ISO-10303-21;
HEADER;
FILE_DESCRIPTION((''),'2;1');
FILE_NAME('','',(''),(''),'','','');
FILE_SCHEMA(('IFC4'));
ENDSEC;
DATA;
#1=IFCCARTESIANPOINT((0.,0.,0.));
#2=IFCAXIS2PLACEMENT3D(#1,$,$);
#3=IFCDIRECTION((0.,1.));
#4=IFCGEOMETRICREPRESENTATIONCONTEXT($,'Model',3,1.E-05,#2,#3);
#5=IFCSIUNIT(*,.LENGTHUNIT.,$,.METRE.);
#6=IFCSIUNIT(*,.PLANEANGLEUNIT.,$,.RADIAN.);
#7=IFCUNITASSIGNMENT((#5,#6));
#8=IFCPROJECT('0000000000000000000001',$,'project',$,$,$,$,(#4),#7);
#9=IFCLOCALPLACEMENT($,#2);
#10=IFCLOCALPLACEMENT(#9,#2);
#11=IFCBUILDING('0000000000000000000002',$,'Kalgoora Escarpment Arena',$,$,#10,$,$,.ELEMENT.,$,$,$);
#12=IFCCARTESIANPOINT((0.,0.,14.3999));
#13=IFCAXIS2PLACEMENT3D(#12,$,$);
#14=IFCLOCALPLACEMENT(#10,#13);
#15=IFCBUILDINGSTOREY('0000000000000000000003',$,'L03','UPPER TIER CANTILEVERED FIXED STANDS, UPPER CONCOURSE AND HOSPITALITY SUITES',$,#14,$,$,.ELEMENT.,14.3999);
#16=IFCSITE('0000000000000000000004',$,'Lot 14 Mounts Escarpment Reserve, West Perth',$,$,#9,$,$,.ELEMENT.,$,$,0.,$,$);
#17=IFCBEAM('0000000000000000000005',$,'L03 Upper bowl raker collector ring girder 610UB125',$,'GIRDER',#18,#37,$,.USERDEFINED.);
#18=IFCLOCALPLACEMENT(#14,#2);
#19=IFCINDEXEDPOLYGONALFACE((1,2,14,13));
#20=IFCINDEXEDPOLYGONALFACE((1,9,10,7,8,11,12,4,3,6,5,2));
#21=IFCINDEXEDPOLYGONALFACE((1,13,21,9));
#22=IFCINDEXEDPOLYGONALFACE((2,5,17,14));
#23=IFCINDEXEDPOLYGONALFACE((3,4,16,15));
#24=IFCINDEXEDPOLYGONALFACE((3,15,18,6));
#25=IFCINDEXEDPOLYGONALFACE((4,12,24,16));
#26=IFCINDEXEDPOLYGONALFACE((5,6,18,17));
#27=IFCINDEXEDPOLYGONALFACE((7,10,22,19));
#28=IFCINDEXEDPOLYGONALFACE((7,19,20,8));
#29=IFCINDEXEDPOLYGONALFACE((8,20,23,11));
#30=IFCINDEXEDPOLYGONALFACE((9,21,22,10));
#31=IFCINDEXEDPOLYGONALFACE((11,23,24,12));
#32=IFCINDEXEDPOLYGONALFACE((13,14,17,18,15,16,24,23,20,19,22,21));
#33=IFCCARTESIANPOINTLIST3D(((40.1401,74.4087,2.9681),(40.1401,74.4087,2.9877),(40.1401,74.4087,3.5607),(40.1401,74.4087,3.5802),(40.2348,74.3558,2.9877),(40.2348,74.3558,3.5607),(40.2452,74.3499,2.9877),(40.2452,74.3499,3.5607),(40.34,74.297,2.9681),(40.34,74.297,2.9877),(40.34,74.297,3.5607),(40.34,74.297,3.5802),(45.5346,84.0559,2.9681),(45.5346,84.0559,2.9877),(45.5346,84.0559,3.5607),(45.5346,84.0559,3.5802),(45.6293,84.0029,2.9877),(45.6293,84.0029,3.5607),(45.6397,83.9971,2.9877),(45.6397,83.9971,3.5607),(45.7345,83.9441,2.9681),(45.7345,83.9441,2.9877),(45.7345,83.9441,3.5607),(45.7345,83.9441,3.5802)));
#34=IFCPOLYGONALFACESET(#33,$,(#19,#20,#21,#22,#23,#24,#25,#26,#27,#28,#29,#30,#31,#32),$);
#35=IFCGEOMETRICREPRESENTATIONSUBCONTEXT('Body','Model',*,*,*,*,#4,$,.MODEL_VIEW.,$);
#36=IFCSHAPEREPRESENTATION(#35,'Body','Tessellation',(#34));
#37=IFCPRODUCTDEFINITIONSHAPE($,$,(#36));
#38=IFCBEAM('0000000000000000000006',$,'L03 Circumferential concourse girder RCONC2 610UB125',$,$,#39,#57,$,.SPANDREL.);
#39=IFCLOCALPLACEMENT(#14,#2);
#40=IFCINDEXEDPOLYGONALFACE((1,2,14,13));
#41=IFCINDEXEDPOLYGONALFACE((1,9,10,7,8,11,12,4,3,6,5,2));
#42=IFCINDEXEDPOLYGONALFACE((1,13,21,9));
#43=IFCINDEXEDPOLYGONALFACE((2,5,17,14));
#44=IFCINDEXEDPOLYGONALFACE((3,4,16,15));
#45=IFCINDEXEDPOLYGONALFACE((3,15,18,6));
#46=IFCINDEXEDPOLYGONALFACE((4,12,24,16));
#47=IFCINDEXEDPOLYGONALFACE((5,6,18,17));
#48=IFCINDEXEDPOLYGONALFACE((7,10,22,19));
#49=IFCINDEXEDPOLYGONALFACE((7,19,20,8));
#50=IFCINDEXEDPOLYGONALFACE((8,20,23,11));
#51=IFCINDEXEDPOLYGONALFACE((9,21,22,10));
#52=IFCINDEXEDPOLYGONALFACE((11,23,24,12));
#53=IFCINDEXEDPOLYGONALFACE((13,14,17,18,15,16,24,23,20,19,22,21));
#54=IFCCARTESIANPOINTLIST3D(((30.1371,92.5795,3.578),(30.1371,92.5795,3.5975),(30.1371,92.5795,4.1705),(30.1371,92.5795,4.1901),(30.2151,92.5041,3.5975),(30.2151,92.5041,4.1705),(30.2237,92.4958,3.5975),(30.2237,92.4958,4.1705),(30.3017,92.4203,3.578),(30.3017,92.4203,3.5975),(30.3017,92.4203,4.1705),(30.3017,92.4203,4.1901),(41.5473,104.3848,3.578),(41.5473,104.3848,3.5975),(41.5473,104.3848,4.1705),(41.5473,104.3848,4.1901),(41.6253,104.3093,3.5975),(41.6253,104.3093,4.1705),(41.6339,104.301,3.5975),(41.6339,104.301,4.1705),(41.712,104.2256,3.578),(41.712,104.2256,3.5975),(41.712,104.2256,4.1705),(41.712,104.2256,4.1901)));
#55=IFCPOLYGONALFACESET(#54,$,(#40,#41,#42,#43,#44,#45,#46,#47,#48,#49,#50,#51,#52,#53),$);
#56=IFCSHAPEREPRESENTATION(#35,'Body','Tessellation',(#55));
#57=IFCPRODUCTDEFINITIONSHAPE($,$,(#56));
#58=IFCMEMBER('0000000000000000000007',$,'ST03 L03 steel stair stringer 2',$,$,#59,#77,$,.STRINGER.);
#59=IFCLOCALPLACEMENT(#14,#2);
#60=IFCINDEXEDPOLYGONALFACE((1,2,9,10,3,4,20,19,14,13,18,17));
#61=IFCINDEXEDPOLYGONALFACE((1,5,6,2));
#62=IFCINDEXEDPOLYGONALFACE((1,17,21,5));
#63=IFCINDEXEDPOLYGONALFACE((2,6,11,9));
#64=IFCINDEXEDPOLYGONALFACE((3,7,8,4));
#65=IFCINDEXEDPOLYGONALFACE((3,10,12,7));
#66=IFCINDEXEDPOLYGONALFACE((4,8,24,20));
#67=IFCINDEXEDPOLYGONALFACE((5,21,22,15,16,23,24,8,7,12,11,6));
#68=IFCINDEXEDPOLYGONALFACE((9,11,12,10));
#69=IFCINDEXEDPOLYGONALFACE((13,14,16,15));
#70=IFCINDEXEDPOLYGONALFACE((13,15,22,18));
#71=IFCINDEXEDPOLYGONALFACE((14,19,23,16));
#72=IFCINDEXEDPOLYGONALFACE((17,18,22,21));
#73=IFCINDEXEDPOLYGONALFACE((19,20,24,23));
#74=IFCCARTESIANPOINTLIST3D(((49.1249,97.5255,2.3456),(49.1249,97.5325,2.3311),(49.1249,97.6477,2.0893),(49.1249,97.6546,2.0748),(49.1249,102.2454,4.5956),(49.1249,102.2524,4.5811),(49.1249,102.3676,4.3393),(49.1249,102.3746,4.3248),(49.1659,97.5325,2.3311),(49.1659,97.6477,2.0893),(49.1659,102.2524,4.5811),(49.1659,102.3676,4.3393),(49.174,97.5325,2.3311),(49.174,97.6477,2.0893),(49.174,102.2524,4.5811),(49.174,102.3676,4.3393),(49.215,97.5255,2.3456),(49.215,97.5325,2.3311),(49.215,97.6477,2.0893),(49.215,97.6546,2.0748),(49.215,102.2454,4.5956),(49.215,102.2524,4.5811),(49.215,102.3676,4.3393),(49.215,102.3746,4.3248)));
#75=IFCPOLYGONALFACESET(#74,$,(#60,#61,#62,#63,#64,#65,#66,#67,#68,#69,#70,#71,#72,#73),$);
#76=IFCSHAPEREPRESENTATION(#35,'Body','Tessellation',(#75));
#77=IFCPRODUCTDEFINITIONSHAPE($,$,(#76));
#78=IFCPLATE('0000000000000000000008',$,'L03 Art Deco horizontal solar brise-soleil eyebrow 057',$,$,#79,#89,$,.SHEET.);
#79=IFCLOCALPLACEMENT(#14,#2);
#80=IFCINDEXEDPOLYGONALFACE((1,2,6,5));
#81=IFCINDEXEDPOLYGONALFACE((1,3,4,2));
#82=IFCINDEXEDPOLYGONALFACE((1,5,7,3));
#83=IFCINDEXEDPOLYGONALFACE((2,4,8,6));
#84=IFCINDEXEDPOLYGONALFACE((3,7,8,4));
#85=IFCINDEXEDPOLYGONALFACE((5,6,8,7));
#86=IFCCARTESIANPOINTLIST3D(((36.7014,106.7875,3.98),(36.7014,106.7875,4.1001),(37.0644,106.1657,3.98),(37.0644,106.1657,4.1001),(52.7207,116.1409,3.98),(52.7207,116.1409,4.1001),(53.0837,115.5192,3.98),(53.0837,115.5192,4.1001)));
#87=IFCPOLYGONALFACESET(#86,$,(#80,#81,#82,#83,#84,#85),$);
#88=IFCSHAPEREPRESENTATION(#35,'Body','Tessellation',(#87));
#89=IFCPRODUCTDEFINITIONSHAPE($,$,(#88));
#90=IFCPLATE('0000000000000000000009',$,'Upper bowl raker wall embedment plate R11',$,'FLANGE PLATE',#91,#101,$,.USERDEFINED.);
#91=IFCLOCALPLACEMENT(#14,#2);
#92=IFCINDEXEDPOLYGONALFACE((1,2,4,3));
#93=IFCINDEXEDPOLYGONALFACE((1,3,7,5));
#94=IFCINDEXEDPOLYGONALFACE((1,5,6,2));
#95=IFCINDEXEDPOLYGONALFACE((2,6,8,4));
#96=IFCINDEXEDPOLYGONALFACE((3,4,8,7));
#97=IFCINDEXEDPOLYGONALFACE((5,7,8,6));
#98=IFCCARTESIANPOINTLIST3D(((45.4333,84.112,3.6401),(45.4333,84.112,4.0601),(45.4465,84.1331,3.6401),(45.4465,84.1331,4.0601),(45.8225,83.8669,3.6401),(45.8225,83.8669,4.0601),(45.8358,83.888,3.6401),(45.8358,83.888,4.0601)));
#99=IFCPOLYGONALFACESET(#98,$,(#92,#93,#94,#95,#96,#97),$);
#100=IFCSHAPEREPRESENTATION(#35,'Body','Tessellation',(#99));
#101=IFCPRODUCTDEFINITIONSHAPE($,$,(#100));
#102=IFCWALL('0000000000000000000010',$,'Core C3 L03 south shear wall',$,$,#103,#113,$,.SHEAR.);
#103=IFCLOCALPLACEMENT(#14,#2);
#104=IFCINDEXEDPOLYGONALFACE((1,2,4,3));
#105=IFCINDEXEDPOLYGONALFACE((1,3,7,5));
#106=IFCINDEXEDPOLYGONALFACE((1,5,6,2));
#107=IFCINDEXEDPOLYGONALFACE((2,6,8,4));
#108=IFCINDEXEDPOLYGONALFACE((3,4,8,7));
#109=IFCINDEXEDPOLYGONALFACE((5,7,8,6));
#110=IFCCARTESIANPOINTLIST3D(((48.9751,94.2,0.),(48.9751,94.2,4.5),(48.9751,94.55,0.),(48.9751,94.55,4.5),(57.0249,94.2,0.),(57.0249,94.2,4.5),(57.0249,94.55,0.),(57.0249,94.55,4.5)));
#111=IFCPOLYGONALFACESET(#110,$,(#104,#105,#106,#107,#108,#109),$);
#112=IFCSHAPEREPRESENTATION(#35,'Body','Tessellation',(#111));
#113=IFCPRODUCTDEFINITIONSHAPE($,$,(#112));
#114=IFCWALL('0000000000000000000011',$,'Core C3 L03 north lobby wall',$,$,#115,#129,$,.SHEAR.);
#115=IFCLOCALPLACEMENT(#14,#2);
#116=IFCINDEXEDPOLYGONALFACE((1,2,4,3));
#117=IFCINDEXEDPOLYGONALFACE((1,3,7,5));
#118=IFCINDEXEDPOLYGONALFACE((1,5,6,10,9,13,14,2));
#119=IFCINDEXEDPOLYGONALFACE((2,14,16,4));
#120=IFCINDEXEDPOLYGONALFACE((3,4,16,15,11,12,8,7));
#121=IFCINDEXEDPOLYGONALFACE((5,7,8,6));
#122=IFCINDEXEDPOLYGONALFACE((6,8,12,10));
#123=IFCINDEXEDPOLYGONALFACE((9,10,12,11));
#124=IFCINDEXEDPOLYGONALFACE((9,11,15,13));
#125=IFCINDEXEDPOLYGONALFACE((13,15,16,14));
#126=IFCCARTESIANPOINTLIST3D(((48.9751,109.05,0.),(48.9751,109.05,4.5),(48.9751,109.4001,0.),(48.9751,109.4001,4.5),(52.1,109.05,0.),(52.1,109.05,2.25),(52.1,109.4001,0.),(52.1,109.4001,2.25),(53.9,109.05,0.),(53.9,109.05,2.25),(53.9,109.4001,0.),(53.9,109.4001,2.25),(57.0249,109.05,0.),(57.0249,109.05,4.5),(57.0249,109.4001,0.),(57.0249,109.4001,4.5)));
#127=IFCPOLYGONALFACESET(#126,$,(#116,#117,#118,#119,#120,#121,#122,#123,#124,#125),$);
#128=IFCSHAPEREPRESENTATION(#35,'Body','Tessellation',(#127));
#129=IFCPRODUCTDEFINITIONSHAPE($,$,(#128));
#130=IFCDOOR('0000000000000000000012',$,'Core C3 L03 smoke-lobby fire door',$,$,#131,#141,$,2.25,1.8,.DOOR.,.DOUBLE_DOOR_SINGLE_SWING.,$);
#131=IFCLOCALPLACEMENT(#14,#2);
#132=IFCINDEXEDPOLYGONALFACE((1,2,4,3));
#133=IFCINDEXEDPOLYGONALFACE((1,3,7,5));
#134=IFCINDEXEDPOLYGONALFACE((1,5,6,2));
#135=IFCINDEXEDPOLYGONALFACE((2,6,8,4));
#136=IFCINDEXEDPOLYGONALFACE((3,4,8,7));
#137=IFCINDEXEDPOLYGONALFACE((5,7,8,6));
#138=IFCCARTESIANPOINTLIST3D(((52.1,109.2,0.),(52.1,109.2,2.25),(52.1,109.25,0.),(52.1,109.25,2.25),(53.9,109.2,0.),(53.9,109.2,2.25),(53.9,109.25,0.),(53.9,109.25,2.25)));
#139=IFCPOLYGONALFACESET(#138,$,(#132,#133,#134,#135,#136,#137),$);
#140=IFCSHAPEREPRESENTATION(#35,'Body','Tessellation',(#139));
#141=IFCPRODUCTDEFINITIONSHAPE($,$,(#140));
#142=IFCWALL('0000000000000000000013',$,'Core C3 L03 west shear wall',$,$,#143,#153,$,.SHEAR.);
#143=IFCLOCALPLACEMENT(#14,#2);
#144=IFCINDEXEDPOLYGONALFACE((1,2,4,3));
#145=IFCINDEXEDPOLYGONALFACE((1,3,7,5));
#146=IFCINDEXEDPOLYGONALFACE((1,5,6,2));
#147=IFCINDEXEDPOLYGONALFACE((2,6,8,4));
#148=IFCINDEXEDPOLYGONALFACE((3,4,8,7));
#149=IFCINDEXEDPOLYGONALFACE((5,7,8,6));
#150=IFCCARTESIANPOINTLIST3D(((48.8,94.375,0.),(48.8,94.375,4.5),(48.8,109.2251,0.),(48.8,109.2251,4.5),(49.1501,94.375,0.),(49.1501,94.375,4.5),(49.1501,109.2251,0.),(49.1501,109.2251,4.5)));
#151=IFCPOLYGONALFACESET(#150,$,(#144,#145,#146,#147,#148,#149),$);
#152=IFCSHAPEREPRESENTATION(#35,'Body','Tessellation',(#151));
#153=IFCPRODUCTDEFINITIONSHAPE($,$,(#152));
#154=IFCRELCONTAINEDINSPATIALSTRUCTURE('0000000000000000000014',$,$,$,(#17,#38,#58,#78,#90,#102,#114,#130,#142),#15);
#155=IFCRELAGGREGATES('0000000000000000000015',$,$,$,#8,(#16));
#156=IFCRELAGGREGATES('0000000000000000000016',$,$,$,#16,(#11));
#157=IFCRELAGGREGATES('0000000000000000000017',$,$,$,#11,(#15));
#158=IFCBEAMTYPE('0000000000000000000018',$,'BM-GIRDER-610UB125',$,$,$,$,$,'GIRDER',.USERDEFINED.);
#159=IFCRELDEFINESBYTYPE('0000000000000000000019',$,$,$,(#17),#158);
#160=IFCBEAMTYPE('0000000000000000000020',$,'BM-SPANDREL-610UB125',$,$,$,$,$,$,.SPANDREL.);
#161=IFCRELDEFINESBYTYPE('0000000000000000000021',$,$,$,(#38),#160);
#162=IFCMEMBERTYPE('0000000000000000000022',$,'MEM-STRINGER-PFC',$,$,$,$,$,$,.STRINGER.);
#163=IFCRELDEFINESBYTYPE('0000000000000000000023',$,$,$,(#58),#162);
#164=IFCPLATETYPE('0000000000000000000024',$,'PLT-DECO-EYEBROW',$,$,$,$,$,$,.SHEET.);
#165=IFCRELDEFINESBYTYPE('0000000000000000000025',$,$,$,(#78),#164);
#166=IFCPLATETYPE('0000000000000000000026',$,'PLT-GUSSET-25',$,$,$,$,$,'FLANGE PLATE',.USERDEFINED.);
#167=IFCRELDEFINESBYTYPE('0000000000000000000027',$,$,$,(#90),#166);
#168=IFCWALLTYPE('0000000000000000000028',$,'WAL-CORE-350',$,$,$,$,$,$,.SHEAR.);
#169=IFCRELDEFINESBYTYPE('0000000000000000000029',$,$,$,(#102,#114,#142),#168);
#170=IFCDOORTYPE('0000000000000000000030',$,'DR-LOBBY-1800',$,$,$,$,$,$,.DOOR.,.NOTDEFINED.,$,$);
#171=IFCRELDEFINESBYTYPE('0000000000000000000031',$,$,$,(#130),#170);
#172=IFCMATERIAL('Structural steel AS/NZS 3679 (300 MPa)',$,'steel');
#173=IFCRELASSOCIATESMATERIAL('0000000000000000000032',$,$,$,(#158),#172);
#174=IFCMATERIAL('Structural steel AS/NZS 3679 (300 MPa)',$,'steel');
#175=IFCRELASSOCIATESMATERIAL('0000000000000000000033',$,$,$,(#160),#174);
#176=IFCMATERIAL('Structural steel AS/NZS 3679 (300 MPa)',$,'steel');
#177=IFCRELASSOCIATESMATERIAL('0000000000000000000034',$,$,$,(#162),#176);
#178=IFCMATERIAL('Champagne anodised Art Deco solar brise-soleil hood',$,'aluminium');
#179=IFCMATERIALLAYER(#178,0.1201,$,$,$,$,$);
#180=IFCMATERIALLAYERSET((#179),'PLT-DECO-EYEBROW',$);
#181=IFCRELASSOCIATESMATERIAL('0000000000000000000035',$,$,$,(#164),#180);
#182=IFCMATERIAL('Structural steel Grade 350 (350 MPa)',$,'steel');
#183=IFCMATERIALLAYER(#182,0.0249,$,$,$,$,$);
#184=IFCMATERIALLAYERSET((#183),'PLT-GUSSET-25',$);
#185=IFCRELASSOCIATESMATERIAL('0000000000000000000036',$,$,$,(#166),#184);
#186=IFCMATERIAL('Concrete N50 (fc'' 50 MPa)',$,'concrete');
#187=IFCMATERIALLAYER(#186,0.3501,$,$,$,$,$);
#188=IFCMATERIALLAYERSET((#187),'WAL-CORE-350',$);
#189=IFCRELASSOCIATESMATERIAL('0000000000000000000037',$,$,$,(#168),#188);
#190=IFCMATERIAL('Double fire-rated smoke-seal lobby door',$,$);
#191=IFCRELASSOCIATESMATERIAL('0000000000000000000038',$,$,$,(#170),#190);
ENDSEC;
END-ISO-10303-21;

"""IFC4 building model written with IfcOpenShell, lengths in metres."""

from ifc_helpers import new_model, si_unit, direction, frame, frame_2d, origin, origin_2d, place, context, subcontext, project, spatial, rectangle, i_section, extrude, material, layer, layer_set, material_profile, profile_set, type_object, element, fill, save


model = new_model("IFC4")

# Units and contexts
model_context = context("Model", 3, precision=1e-05, world=origin(), true_north=direction((0.0, 1.0)))
body_context = subcontext(model_context, "Body", "Model", "MODEL_VIEW")
ifc_project = project(units=[si_unit("LENGTHUNIT", "METRE"), si_unit("PLANEANGLEUNIT", "RADIAN")], contexts=[model_context])

# Site, building, storey
site_placement = place(None, origin())
site = spatial("IfcSite", under=ifc_project, at=site_placement, Name="Lot 14 Mounts Escarpment Reserve, West Perth", CompositionType="ELEMENT", RefElevation=0.0)
building_placement = place(site_placement, origin())
building = spatial("IfcBuilding", under=site, at=building_placement, Name="Kalgoora Escarpment Arena", CompositionType="ELEMENT")
storey_placement = place(building_placement, frame((0.0, 0.0, 14.3999)))
storey = spatial("IfcBuildingStorey", under=building, at=storey_placement, Name="L03", Description="UPPER TIER CANTILEVERED FIXED STANDS, UPPER CONCOURSE AND HOSPITALITY SUITES", CompositionType="ELEMENT", Elevation=14.3999)

# Beams
ifc_material_1 = material(Name="Structural steel AS/NZS 3679 (300 MPa)", Category="steel")
ifc_material_profile_1 = material_profile(ifc_material_1, i_section(OverallWidth=0.229, OverallDepth=0.6121, WebThickness=0.012, FlangeThickness=0.0195, at=origin_2d()))
ifc_profile_set_1 = profile_set([ifc_material_profile_1], Name="Structural steel AS/NZS 3679 (300 MPa)")
beam_type_1 = type_object("IfcBeamType", Name="BM-GIRDER-610UB125", ElementType="GIRDER", PredefinedType="USERDEFINED", material=ifc_profile_set_1)
beam_1_placement = place(storey_placement, frame((45.6345, 84.0, 3.2742), z_axis=(-0.488058, -0.872811, 0.0), x_axis=(0.872811, -0.488058, 0.0)))
element("IfcBeam", 1, at=beam_1_placement, inside=storey, type_object=beam_type_1, Name="L03 Upper bowl raker collector ring girder 610UB125", ObjectType="GIRDER", PredefinedType="USERDEFINED", context=body_context, shape_type="SweptSolid", body=[
    extrude(i_section(OverallWidth=0.229, OverallDepth=0.6121, WebThickness=0.012, FlangeThickness=0.0195, at=origin_2d()), origin(), (0.0, 0.0, 1.0), 11.053),
])
ifc_material_2 = material(Name="Structural steel AS/NZS 3679 (300 MPa)", Category="steel")
ifc_material_profile_2 = material_profile(ifc_material_2, i_section(OverallWidth=0.229, OverallDepth=0.6121, WebThickness=0.012, FlangeThickness=0.0195, at=origin_2d()))
ifc_profile_set_2 = profile_set([ifc_material_profile_2], Name="Structural steel AS/NZS 3679 (300 MPa)")
beam_type_2 = type_object("IfcBeamType", Name="BM-SPANDREL-610UB125", PredefinedType="SPANDREL", material=ifc_profile_set_2)
beam_2_placement = place(storey_placement, frame((41.6296, 104.3052, 3.884), z_axis=(-0.694974, -0.719034, 0.0), x_axis=(0.719034, -0.694974, 0.0)))
element("IfcBeam", 2, at=beam_2_placement, inside=storey, type_object=beam_type_2, Name="L03 Circumferential concourse girder RCONC2 610UB125", PredefinedType="SPANDREL", context=body_context, shape_type="SweptSolid", body=[
    extrude(i_section(OverallWidth=0.229, OverallDepth=0.6121, WebThickness=0.012, FlangeThickness=0.0195, at=origin_2d()), origin(), (0.0, 0.0, 1.0), 16.4182),
])

# Member
ifc_material_3 = material(Name="Structural steel AS/NZS 3679 (300 MPa)", Category="steel")
ifc_material_profile_3 = material_profile(ifc_material_3, i_section(OverallWidth=0.0901, OverallDepth=0.3, WebThickness=0.0081, FlangeThickness=0.0161, at=origin_2d()))
ifc_profile_set_3 = profile_set([ifc_material_profile_3], Name="Structural steel AS/NZS 3679 (300 MPa)")
member_type = type_object("IfcMemberType", Name="MEM-STRINGER-PFC", PredefinedType="STRINGER", material=ifc_profile_set_3)
member_placement = place(storey_placement, frame((49.1699, 97.5901, 2.2102), z_axis=(0.0, 0.902683, 0.430307), x_axis=(-1.0, 0.0, 0.0)))
element("IfcMember", 3, at=member_placement, inside=storey, type_object=member_type, Name="ST03 L03 steel stair stringer 2", PredefinedType="STRINGER", context=body_context, shape_type="SweptSolid", body=[
    extrude(i_section(OverallWidth=0.0901, OverallDepth=0.3, WebThickness=0.0081, FlangeThickness=0.0161, at=origin_2d()), origin(), (0.0, 0.0, 1.0), 5.2288),
])

# Plates
ifc_material_4 = material(Name="Champagne anodised Art Deco solar brise-soleil hood", Category="aluminium")
ifc_layer_1 = layer(ifc_material_4, 0.1201)
ifc_layer_set_1 = layer_set([ifc_layer_1], Name="PLT-DECO-EYEBROW")
plate_type_1 = type_object("IfcPlateType", Name="PLT-DECO-EYEBROW", PredefinedType="SHEET", material=ifc_layer_set_1)
plate_1_placement = place(storey_placement, frame((44.8926, 111.1533, 3.98), z_axis=(0.0, 0.0, 1.0), x_axis=(0.863572, 0.504226, 0.0)))
element("IfcPlate", 4, at=plate_1_placement, inside=storey, type_object=plate_type_1, Name="L03 Art Deco horizontal solar brise-soleil eyebrow 057", PredefinedType="SHEET", context=body_context, shape_type="SweptSolid", body=[
    extrude(rectangle(XDim=18.55, YDim=0.72, at=origin_2d()), origin(), (0.0, 0.0, 1.0), 0.1201),
])
ifc_material_5 = material(Name="Structural steel Grade 350 (350 MPa)", Category="steel")
ifc_layer_2 = layer(ifc_material_5, 0.0249)
ifc_layer_set_2 = layer_set([ifc_layer_2], Name="PLT-GUSSET-25")
plate_type_2 = type_object("IfcPlateType", Name="PLT-GUSSET-25", ElementType="FLANGE PLATE", PredefinedType="USERDEFINED", material=ifc_layer_set_2)
plate_2_placement = place(storey_placement, frame((45.6345, 84.0, 3.6401), z_axis=(0.0, 0.0, 1.0), x_axis=(-0.846193, 0.532876, 0.0)))
element("IfcPlate", 5, at=plate_2_placement, inside=storey, type_object=plate_type_2, Name="Upper bowl raker wall embedment plate R11", ObjectType="FLANGE PLATE", PredefinedType="USERDEFINED", context=body_context, shape_type="SweptSolid", body=[
    extrude(rectangle(XDim=0.46, YDim=0.0249, at=origin_2d()), origin(), (0.0, 0.0, 1.0), 0.4199),
])

# Wall
ifc_material_6 = material(Name="Concrete N50 (fc' 50 MPa)", Category="concrete")
ifc_layer_3 = layer(ifc_material_6, 0.3501)
ifc_layer_set_3 = layer_set([ifc_layer_3], Name="WAL-CORE-350")
wall_type_1 = type_object("IfcWallType", Name="WAL-CORE-350", PredefinedType="SHEAR", material=ifc_layer_set_3)
wall_1_placement = place(storey_placement, frame((48.9751, 94.375, 0.0), z_axis=(0.0, 0.0, 1.0), x_axis=(1.0, 0.0, 0.0)))
element("IfcWall", 6, at=wall_1_placement, inside=storey, type_object=wall_type_1, Name="Core C3 L03 south shear wall", PredefinedType="SHEAR", context=body_context, shape_type="SweptSolid", body=[
    extrude(rectangle(XDim=8.0498, YDim=0.3501, at=frame_2d((4.0249, 0.0))), origin(), (0.0, 0.0, 1.0), 4.5),
])

# Wall, opening, door
wall_2_placement = place(storey_placement, frame((48.9751, 109.2251, 0.0), z_axis=(0.0, 0.0, 1.0), x_axis=(1.0, 0.0, 0.0)))
wall_2 = element("IfcWall", 7, at=wall_2_placement, inside=storey, type_object=wall_type_1, Name="Core C3 L03 north lobby wall", PredefinedType="SHEAR", context=body_context, shape_type="SweptSolid", body=[
    extrude(rectangle(XDim=8.0498, YDim=0.3501, at=frame_2d((4.0249, 0.0))), origin(), (0.0, 0.0, 1.0), 4.5),
])
opening_1_placement = place(wall_2_placement, frame((3.125, 0.0, 0.0)))
opening_1 = element("IfcOpeningElement", 8, at=opening_1_placement, cuts=wall_2, PredefinedType="OPENING", context=body_context, shape_type="SweptSolid", body=[
    extrude(rectangle(XDim=1.8, YDim=2.25, at=frame_2d((0.8999, 1.125))), frame((0.0, 0.1851, 0.0), z_axis=(0.0, -1.0, 0.0), x_axis=(1.0, 0.0, 0.0)), (0.0, 0.0, 1.0), 0.3701),
])
ifc_material_7 = material(Name="Double fire-rated smoke-seal lobby door")
door_type_1 = type_object("IfcDoorType", Name="DR-LOBBY-1800", OperationType="NOTDEFINED", PredefinedType="DOOR", material=ifc_material_7)
door_1_placement = place(opening_1_placement, origin())
door_1 = element("IfcDoor", 9, at=door_1_placement, inside=storey, type_object=door_type_1, Name="Core C3 L03 smoke-lobby fire door", OperationType="DOUBLE_DOOR_SINGLE_SWING", OverallHeight=2.25, OverallWidth=1.8, PredefinedType="DOOR", context=body_context, shape_type="SweptSolid", body=[
    extrude(rectangle(XDim=1.8, YDim=2.25, at=frame_2d((0.8999, 1.125))), frame((0.0, 0.0249, 0.0), z_axis=(0.0, -1.0, 0.0), x_axis=(1.0, 0.0, 0.0)), (0.0, 0.0, 1.0), 0.05),
])
fill(opening_1, door_1)

# Wall
wall_3_placement = place(storey_placement, frame((48.9751, 94.375, 0.0), z_axis=(0.0, 0.0, 1.0), x_axis=(0.0, 1.0, 0.0)))
element("IfcWall", 10, at=wall_3_placement, inside=storey, type_object=wall_type_1, Name="Core C3 L03 west shear wall", PredefinedType="SHEAR", context=body_context, shape_type="SweptSolid", body=[
    extrude(rectangle(XDim=14.8501, YDim=0.3501, at=frame_2d((7.425, 0.0))), origin(), (0.0, 0.0, 1.0), 4.5),
])

save(model, "model.ifc")
